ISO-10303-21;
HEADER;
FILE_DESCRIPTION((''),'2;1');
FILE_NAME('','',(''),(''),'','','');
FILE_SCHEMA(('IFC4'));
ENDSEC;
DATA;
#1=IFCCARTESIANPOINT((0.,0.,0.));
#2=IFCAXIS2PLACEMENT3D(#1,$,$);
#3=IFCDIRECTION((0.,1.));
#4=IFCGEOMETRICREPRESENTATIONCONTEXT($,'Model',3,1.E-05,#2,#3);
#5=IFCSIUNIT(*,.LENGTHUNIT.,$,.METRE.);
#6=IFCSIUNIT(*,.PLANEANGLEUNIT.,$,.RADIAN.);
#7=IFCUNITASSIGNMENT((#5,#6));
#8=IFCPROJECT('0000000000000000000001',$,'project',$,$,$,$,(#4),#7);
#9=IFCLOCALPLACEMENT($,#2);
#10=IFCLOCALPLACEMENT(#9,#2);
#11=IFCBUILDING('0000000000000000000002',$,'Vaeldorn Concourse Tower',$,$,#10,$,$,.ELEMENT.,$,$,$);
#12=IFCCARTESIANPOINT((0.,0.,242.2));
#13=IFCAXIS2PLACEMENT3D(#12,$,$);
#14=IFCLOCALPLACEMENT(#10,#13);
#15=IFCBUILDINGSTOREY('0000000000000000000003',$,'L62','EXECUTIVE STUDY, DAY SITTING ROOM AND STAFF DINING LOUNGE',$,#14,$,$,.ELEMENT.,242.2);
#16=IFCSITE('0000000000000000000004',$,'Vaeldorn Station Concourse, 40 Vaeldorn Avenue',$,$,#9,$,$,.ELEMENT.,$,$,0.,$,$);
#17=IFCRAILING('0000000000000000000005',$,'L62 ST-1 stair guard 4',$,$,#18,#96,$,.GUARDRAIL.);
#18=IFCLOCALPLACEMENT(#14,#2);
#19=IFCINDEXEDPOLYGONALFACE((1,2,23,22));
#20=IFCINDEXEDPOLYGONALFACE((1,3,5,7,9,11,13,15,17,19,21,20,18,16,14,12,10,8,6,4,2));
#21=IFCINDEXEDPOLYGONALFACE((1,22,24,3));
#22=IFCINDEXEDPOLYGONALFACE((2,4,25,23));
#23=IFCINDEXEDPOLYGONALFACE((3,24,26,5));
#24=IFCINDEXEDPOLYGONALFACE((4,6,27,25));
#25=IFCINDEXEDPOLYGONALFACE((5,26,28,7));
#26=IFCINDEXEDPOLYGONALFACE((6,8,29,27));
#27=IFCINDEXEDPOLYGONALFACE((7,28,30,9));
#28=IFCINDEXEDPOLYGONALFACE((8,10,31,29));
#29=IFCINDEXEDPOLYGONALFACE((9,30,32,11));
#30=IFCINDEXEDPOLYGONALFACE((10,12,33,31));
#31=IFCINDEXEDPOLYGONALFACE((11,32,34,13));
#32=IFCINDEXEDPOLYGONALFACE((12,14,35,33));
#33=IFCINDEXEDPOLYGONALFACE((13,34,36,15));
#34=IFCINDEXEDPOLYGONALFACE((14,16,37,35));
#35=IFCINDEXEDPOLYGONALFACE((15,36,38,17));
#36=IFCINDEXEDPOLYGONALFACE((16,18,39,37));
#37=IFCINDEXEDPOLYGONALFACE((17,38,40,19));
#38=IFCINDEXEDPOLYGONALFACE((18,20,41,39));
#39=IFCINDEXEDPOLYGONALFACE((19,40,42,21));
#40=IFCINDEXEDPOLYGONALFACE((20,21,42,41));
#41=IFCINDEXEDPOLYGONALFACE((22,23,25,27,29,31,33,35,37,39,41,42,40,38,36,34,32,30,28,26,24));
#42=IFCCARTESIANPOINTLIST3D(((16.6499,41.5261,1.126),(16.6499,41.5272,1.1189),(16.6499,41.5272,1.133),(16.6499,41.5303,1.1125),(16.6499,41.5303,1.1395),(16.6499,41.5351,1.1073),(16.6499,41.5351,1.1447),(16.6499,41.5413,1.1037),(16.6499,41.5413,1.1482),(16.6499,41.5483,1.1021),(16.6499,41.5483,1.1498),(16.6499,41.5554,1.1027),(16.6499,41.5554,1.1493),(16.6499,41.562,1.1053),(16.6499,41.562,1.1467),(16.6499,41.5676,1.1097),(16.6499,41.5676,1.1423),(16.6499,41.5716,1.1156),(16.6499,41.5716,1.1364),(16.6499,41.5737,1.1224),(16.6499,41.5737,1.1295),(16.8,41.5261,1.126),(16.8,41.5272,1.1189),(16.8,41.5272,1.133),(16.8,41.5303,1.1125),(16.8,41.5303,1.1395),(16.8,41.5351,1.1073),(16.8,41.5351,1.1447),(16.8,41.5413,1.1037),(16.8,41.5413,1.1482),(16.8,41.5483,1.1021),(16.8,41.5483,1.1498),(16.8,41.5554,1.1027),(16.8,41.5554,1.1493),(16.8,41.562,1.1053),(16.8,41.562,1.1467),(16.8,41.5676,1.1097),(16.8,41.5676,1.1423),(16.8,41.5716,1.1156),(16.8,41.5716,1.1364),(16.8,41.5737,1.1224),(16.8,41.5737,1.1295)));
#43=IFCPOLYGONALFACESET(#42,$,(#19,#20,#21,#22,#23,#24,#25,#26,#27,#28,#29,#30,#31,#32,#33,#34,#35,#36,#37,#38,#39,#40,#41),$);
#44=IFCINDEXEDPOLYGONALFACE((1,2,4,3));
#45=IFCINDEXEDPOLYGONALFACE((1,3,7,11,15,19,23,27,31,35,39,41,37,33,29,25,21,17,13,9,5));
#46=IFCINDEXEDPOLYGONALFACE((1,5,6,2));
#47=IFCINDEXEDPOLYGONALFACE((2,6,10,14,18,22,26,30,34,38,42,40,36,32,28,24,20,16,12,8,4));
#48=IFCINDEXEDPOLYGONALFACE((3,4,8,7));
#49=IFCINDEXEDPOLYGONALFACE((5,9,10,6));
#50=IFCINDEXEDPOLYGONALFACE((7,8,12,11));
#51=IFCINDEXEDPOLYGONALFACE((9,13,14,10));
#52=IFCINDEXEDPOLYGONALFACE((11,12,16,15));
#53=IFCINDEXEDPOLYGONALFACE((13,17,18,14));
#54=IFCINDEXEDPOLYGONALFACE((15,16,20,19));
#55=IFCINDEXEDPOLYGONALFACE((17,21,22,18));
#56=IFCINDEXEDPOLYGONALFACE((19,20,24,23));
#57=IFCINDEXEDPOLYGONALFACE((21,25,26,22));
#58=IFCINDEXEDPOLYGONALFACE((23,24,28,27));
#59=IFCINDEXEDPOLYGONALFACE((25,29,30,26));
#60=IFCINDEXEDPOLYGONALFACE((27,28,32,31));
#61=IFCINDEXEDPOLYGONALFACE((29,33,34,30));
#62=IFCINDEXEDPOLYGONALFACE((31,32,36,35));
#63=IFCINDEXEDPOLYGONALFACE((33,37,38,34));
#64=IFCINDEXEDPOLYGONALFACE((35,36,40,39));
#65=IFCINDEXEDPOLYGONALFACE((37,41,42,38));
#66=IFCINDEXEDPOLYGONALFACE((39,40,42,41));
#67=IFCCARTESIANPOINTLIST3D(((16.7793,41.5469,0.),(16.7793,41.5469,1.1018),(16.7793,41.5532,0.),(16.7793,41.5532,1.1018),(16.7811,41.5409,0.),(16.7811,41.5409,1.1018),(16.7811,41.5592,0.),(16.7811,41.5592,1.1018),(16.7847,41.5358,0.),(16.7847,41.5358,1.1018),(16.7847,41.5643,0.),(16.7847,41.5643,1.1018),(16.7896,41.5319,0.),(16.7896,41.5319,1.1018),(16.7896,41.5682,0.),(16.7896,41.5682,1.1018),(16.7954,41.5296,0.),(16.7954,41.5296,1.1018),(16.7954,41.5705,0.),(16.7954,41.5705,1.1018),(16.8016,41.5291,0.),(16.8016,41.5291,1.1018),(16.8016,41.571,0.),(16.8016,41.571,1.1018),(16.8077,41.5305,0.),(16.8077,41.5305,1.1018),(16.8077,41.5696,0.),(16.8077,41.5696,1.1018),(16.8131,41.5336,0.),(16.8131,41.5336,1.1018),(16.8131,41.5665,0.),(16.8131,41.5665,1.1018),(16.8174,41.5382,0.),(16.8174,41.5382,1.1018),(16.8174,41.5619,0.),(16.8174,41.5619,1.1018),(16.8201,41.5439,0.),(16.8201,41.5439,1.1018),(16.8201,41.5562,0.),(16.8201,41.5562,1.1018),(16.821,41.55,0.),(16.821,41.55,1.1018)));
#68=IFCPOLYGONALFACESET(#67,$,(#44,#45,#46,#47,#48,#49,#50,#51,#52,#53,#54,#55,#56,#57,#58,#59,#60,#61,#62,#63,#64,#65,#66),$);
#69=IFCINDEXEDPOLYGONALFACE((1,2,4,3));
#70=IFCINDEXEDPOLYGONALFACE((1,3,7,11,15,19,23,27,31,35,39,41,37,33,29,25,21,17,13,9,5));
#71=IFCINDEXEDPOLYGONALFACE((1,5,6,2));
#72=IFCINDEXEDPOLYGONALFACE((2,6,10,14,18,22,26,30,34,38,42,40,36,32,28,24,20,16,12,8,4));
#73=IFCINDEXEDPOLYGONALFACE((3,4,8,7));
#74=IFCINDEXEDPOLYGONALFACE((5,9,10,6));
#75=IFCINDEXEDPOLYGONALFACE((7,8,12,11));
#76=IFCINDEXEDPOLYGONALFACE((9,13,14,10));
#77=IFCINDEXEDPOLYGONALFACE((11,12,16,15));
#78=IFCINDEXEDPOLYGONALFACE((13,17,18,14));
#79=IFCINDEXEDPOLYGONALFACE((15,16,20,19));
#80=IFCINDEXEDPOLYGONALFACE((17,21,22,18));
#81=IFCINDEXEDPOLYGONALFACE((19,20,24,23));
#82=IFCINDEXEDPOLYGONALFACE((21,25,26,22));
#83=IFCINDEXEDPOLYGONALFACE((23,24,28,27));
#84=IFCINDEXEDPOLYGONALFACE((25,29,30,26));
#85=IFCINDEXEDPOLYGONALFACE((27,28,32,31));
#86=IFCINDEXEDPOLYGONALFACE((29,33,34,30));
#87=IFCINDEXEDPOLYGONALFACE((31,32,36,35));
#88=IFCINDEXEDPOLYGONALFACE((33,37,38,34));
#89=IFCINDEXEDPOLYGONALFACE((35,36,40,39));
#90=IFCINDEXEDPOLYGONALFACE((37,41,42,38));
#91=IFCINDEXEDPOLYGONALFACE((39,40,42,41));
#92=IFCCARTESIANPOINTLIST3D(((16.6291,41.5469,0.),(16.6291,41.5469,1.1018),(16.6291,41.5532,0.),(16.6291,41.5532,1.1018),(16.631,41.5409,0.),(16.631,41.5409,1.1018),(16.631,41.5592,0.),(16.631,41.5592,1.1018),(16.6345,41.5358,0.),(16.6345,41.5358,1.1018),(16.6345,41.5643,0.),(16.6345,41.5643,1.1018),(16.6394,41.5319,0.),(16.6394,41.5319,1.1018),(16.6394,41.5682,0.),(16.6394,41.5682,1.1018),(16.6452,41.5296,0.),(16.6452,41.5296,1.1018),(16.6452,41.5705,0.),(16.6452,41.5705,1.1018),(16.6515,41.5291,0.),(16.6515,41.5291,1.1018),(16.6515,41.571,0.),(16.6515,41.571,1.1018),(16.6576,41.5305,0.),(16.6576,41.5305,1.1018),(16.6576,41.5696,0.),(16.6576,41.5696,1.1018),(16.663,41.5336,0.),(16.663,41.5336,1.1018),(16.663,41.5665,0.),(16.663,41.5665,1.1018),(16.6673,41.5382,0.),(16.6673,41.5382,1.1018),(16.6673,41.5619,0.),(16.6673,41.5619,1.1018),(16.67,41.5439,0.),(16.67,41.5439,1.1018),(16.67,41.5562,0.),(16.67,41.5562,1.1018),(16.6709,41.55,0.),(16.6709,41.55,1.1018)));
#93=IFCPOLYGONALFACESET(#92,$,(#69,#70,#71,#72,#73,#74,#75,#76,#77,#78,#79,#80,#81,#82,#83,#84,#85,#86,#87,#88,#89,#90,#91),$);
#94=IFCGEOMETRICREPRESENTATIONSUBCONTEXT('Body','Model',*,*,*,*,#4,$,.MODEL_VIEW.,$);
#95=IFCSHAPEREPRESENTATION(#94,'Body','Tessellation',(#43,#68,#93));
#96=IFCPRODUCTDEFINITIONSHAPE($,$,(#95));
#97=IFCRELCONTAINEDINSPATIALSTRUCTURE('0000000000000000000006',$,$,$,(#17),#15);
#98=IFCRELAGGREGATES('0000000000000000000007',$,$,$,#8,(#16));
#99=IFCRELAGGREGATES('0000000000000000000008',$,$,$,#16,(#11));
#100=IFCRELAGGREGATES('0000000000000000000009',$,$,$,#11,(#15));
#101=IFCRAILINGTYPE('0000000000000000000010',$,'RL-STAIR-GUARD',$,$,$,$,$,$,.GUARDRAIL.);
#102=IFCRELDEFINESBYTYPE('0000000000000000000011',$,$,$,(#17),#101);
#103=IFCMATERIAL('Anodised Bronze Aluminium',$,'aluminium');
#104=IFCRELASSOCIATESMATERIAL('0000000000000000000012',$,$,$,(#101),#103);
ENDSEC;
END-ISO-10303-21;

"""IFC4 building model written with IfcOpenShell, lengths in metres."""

from ifc_helpers import new_model, si_unit, direction, frame, origin, origin_2d, place, context, subcontext, project, spatial, circle, extrude, material, type_object, element, save


model = new_model("IFC4")

# Units and contexts
model_context = context("Model", 3, precision=1e-05, world=origin(), true_north=direction((0.0, 1.0)))
body_context = subcontext(model_context, "Body", "Model", "MODEL_VIEW")
ifc_project = project(units=[si_unit("LENGTHUNIT", "METRE"), si_unit("PLANEANGLEUNIT", "RADIAN")], contexts=[model_context])

# Site, building, storey
site_placement = place(None, origin())
site = spatial("IfcSite", under=ifc_project, at=site_placement, Name="Vaeldorn Station Concourse, 40 Vaeldorn Avenue", CompositionType="ELEMENT", RefElevation=0.0)
building_placement = place(site_placement, origin())
building = spatial("IfcBuilding", under=site, at=building_placement, Name="Vaeldorn Concourse Tower", CompositionType="ELEMENT")
storey_placement = place(building_placement, frame((0.0, 0.0, 242.2)))
storey = spatial("IfcBuildingStorey", under=building, at=storey_placement, Name="L62", Description="EXECUTIVE STUDY, DAY SITTING ROOM AND STAFF DINING LOUNGE", CompositionType="ELEMENT", Elevation=242.2)

# Shared definitions
ifc_material_1 = material(Name="Anodised Bronze Aluminium", Category="aluminium")

# Railing
railing_type_1 = type_object("IfcRailingType", Name="RL-STAIR-GUARD", PredefinedType="GUARDRAIL", material=ifc_material_1)
railing_1_placement = place(storey_placement, frame((16.8, 41.55, 0.0)))
element("IfcRailing", 1, at=railing_1_placement, inside=storey, type_object=railing_type_1, Name="L62 ST-1 stair guard 4", PredefinedType="GUARDRAIL", context=body_context, shape_type="SweptSolid", body=[
    extrude(circle(Radius=0.0239, at=origin_2d()), frame((0.0, 0.0, 1.126), z_axis=(-1.0, 0.0, 0.0), x_axis=(0.0, -1.0, 0.0)), (0.0, 0.0, 1.0), 0.1501),
    extrude(circle(Radius=0.021, at=origin_2d()), origin(), (0.0, 0.0, 1.0), 1.1018),
    extrude(circle(Radius=0.021, at=origin_2d()), frame((-0.1501, 0.0, 0.0)), (0.0, 0.0, 1.0), 1.1018),
])

save(model, "model.ifc")
